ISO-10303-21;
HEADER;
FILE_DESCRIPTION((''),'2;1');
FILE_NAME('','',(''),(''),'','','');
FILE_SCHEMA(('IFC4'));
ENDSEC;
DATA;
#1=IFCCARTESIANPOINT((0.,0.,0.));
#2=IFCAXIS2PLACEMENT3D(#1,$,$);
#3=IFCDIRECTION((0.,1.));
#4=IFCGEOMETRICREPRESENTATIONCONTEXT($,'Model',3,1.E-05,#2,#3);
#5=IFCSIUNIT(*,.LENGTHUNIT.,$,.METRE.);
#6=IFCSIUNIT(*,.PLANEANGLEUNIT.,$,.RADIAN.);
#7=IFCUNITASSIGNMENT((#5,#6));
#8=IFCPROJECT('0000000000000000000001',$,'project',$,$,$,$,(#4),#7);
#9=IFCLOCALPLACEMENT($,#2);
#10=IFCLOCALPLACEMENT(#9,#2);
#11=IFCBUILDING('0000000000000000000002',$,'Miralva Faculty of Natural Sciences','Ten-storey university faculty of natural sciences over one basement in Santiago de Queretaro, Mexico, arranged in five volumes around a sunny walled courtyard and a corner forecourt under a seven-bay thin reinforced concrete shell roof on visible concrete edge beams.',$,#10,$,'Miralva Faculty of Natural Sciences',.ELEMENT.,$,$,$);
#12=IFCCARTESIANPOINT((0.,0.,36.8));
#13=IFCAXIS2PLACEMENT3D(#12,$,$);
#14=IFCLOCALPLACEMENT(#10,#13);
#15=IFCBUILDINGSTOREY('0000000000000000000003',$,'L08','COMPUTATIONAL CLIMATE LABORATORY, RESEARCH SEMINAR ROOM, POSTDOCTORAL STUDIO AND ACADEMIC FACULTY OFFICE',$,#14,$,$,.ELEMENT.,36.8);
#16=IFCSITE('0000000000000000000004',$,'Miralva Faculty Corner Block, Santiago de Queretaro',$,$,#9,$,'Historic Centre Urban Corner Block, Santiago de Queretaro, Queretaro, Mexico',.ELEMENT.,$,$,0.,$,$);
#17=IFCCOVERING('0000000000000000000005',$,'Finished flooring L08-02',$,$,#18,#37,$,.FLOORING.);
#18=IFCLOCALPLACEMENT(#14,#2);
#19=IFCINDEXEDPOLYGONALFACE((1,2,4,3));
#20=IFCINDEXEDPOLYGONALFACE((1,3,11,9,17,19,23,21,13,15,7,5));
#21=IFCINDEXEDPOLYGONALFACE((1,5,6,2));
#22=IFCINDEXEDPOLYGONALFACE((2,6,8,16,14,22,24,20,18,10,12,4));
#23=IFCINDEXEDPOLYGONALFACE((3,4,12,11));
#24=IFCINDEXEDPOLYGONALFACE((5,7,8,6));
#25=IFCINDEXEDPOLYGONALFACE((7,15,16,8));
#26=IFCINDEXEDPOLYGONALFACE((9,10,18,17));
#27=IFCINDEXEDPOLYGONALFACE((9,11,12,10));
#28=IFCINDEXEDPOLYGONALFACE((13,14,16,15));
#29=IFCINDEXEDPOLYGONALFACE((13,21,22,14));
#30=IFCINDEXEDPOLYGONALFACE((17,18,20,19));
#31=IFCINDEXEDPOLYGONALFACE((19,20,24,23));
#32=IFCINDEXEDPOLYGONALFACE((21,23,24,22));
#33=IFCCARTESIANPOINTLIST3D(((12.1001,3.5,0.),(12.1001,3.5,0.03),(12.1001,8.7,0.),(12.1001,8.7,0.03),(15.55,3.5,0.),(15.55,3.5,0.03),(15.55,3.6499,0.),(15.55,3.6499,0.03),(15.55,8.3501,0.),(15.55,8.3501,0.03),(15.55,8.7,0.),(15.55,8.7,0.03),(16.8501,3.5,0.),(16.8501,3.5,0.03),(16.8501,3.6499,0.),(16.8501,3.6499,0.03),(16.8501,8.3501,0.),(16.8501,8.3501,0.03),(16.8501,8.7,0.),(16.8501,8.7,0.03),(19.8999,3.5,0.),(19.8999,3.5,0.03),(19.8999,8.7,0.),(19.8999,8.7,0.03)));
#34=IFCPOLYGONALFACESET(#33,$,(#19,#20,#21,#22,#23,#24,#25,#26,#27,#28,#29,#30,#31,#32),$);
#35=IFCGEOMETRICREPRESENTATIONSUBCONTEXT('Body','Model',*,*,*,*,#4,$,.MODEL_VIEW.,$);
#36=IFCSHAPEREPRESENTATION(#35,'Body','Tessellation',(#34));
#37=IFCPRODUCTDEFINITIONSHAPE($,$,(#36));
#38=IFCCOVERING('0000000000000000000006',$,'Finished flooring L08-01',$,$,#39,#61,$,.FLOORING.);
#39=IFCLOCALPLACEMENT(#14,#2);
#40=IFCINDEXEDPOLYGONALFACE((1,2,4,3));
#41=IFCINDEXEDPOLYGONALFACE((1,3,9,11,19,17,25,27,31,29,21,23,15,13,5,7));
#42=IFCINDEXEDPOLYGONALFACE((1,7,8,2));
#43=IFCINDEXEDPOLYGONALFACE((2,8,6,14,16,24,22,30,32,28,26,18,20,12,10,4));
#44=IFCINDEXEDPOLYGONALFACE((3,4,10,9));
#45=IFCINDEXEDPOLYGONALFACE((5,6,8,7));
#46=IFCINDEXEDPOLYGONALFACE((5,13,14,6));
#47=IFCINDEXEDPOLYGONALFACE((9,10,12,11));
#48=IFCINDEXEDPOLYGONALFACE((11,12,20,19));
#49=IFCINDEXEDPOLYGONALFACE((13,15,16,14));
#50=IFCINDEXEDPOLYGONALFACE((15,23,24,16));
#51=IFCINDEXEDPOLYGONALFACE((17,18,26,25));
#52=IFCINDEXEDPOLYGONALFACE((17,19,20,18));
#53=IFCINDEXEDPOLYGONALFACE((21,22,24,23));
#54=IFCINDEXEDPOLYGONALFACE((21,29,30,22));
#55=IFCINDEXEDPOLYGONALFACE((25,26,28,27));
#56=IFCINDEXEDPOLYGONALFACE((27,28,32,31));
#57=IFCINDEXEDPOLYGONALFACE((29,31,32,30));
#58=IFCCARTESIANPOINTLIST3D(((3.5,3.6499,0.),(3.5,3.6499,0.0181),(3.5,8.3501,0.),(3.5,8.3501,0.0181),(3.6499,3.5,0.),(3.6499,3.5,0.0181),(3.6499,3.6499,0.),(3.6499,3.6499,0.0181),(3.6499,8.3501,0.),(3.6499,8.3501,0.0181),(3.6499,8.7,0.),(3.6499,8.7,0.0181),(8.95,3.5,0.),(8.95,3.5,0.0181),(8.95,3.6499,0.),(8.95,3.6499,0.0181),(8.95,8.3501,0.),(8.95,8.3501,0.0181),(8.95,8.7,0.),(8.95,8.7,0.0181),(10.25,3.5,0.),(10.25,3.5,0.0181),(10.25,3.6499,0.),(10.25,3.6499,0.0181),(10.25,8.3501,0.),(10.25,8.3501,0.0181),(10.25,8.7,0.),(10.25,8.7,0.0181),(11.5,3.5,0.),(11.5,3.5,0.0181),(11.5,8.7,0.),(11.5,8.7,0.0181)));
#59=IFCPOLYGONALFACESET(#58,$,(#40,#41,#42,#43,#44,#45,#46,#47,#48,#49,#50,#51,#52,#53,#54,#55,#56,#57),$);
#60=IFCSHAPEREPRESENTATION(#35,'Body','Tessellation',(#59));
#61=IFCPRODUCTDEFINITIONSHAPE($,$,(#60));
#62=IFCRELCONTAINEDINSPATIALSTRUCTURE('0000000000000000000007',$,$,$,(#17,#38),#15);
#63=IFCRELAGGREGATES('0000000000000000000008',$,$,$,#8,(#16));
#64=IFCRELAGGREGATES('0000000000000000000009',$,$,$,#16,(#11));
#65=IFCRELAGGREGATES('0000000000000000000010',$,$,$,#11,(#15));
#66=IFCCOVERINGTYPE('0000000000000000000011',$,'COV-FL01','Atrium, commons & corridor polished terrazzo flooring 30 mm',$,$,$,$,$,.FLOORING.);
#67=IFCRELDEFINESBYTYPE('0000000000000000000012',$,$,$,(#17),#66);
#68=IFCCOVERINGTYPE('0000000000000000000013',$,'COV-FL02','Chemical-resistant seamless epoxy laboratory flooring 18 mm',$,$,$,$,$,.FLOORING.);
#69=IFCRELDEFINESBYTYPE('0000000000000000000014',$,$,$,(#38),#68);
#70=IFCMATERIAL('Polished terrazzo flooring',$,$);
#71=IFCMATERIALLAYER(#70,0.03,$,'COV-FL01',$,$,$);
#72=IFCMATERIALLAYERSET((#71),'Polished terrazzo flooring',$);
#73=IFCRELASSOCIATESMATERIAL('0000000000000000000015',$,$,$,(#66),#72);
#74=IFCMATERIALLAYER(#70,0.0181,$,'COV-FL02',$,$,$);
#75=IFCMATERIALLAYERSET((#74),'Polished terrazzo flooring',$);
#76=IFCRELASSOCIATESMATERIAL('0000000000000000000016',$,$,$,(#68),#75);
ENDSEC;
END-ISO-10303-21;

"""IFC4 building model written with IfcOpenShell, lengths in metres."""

from ifc_helpers import new_model, si_unit, direction, frame, origin, place, context, subcontext, project, spatial, polyline, outline, extrude, material, layer, layer_set, type_object, element, save


model = new_model("IFC4")

# Units and contexts
model_context = context("Model", 3, precision=1e-05, world=origin(), true_north=direction((0.0, 1.0)))
body_context = subcontext(model_context, "Body", "Model", "MODEL_VIEW")
ifc_project = project(units=[si_unit("LENGTHUNIT", "METRE"), si_unit("PLANEANGLEUNIT", "RADIAN")], contexts=[model_context])

# Site, building, storey
site_placement = place(None, origin())
site = spatial("IfcSite", under=ifc_project, at=site_placement, Name="Miralva Faculty Corner Block, Santiago de Queretaro", LongName="Historic Centre Urban Corner Block, Santiago de Queretaro, Queretaro, Mexico", CompositionType="ELEMENT", RefElevation=0.0)
building_placement = place(site_placement, origin())
building = spatial("IfcBuilding", under=site, at=building_placement, Name="Miralva Faculty of Natural Sciences", Description="Ten-storey university faculty of natural sciences over one basement in Santiago de Queretaro, Mexico, arranged in five volumes around a sunny walled courtyard and a corner forecourt under a seven-bay thin reinforced concrete shell roof on visible concrete edge beams.", LongName="Miralva Faculty of Natural Sciences", CompositionType="ELEMENT")
storey_placement = place(building_placement, frame((0.0, 0.0, 36.8)))
storey = spatial("IfcBuildingStorey", under=building, at=storey_placement, Name="L08", Description="COMPUTATIONAL CLIMATE LABORATORY, RESEARCH SEMINAR ROOM, POSTDOCTORAL STUDIO AND ACADEMIC FACULTY OFFICE", CompositionType="ELEMENT", Elevation=36.8)

# Coverings
ifc_material_1 = material(Name="Polished terrazzo flooring")
ifc_layer_1 = layer(ifc_material_1, 0.03, Name="COV-FL01")
ifc_layer_set_1 = layer_set([ifc_layer_1], Name="Polished terrazzo flooring")
covering_type_1 = type_object("IfcCoveringType", Name="COV-FL01", Description="Atrium, commons & corridor polished terrazzo flooring 30 mm", PredefinedType="FLOORING", material=ifc_layer_set_1)
covering_1_placement = place(storey_placement, origin())
element("IfcCovering", 1, at=covering_1_placement, inside=storey, type_object=covering_type_1, Name="Finished flooring L08-02", PredefinedType="FLOORING", context=body_context, shape_type="SweptSolid", body=[
    extrude(outline(polyline([(15.55, 8.3501), (16.8501, 8.3501), (16.8501, 8.7), (19.8999, 8.7), (19.8999, 3.5), (16.8501, 3.5), (16.8501, 3.6499), (15.55, 3.6499), (15.55, 3.5), (12.1001, 3.5), (12.1001, 8.7), (15.55, 8.7), (15.55, 8.3501)])), origin(), (0.0, 0.0, 1.0), 0.03),
])
ifc_layer_2 = layer(ifc_material_1, 0.0181, Name="COV-FL02")
ifc_layer_set_2 = layer_set([ifc_layer_2], Name="Polished terrazzo flooring")
covering_type_2 = type_object("IfcCoveringType", Name="COV-FL02", Description="Chemical-resistant seamless epoxy laboratory flooring 18 mm", PredefinedType="FLOORING", material=ifc_layer_set_2)
covering_2_placement = place(storey_placement, origin())
element("IfcCovering", 2, at=covering_2_placement, inside=storey, type_object=covering_type_2, Name="Finished flooring L08-01", PredefinedType="FLOORING", context=body_context, shape_type="SweptSolid", body=[
    extrude(outline(polyline([(8.95, 8.3501), (10.25, 8.3501), (10.25, 8.7), (11.5, 8.7), (11.5, 3.5), (10.25, 3.5), (10.25, 3.6499), (8.95, 3.6499), (8.95, 3.5), (3.6499, 3.5), (3.6499, 3.6499), (3.5, 3.6499), (3.5, 8.3501), (3.6499, 8.3501), (3.6499, 8.7), (8.95, 8.7), (8.95, 8.3501)])), origin(), (0.0, 0.0, 1.0), 0.0181),
])

save(model, "model.ifc")
